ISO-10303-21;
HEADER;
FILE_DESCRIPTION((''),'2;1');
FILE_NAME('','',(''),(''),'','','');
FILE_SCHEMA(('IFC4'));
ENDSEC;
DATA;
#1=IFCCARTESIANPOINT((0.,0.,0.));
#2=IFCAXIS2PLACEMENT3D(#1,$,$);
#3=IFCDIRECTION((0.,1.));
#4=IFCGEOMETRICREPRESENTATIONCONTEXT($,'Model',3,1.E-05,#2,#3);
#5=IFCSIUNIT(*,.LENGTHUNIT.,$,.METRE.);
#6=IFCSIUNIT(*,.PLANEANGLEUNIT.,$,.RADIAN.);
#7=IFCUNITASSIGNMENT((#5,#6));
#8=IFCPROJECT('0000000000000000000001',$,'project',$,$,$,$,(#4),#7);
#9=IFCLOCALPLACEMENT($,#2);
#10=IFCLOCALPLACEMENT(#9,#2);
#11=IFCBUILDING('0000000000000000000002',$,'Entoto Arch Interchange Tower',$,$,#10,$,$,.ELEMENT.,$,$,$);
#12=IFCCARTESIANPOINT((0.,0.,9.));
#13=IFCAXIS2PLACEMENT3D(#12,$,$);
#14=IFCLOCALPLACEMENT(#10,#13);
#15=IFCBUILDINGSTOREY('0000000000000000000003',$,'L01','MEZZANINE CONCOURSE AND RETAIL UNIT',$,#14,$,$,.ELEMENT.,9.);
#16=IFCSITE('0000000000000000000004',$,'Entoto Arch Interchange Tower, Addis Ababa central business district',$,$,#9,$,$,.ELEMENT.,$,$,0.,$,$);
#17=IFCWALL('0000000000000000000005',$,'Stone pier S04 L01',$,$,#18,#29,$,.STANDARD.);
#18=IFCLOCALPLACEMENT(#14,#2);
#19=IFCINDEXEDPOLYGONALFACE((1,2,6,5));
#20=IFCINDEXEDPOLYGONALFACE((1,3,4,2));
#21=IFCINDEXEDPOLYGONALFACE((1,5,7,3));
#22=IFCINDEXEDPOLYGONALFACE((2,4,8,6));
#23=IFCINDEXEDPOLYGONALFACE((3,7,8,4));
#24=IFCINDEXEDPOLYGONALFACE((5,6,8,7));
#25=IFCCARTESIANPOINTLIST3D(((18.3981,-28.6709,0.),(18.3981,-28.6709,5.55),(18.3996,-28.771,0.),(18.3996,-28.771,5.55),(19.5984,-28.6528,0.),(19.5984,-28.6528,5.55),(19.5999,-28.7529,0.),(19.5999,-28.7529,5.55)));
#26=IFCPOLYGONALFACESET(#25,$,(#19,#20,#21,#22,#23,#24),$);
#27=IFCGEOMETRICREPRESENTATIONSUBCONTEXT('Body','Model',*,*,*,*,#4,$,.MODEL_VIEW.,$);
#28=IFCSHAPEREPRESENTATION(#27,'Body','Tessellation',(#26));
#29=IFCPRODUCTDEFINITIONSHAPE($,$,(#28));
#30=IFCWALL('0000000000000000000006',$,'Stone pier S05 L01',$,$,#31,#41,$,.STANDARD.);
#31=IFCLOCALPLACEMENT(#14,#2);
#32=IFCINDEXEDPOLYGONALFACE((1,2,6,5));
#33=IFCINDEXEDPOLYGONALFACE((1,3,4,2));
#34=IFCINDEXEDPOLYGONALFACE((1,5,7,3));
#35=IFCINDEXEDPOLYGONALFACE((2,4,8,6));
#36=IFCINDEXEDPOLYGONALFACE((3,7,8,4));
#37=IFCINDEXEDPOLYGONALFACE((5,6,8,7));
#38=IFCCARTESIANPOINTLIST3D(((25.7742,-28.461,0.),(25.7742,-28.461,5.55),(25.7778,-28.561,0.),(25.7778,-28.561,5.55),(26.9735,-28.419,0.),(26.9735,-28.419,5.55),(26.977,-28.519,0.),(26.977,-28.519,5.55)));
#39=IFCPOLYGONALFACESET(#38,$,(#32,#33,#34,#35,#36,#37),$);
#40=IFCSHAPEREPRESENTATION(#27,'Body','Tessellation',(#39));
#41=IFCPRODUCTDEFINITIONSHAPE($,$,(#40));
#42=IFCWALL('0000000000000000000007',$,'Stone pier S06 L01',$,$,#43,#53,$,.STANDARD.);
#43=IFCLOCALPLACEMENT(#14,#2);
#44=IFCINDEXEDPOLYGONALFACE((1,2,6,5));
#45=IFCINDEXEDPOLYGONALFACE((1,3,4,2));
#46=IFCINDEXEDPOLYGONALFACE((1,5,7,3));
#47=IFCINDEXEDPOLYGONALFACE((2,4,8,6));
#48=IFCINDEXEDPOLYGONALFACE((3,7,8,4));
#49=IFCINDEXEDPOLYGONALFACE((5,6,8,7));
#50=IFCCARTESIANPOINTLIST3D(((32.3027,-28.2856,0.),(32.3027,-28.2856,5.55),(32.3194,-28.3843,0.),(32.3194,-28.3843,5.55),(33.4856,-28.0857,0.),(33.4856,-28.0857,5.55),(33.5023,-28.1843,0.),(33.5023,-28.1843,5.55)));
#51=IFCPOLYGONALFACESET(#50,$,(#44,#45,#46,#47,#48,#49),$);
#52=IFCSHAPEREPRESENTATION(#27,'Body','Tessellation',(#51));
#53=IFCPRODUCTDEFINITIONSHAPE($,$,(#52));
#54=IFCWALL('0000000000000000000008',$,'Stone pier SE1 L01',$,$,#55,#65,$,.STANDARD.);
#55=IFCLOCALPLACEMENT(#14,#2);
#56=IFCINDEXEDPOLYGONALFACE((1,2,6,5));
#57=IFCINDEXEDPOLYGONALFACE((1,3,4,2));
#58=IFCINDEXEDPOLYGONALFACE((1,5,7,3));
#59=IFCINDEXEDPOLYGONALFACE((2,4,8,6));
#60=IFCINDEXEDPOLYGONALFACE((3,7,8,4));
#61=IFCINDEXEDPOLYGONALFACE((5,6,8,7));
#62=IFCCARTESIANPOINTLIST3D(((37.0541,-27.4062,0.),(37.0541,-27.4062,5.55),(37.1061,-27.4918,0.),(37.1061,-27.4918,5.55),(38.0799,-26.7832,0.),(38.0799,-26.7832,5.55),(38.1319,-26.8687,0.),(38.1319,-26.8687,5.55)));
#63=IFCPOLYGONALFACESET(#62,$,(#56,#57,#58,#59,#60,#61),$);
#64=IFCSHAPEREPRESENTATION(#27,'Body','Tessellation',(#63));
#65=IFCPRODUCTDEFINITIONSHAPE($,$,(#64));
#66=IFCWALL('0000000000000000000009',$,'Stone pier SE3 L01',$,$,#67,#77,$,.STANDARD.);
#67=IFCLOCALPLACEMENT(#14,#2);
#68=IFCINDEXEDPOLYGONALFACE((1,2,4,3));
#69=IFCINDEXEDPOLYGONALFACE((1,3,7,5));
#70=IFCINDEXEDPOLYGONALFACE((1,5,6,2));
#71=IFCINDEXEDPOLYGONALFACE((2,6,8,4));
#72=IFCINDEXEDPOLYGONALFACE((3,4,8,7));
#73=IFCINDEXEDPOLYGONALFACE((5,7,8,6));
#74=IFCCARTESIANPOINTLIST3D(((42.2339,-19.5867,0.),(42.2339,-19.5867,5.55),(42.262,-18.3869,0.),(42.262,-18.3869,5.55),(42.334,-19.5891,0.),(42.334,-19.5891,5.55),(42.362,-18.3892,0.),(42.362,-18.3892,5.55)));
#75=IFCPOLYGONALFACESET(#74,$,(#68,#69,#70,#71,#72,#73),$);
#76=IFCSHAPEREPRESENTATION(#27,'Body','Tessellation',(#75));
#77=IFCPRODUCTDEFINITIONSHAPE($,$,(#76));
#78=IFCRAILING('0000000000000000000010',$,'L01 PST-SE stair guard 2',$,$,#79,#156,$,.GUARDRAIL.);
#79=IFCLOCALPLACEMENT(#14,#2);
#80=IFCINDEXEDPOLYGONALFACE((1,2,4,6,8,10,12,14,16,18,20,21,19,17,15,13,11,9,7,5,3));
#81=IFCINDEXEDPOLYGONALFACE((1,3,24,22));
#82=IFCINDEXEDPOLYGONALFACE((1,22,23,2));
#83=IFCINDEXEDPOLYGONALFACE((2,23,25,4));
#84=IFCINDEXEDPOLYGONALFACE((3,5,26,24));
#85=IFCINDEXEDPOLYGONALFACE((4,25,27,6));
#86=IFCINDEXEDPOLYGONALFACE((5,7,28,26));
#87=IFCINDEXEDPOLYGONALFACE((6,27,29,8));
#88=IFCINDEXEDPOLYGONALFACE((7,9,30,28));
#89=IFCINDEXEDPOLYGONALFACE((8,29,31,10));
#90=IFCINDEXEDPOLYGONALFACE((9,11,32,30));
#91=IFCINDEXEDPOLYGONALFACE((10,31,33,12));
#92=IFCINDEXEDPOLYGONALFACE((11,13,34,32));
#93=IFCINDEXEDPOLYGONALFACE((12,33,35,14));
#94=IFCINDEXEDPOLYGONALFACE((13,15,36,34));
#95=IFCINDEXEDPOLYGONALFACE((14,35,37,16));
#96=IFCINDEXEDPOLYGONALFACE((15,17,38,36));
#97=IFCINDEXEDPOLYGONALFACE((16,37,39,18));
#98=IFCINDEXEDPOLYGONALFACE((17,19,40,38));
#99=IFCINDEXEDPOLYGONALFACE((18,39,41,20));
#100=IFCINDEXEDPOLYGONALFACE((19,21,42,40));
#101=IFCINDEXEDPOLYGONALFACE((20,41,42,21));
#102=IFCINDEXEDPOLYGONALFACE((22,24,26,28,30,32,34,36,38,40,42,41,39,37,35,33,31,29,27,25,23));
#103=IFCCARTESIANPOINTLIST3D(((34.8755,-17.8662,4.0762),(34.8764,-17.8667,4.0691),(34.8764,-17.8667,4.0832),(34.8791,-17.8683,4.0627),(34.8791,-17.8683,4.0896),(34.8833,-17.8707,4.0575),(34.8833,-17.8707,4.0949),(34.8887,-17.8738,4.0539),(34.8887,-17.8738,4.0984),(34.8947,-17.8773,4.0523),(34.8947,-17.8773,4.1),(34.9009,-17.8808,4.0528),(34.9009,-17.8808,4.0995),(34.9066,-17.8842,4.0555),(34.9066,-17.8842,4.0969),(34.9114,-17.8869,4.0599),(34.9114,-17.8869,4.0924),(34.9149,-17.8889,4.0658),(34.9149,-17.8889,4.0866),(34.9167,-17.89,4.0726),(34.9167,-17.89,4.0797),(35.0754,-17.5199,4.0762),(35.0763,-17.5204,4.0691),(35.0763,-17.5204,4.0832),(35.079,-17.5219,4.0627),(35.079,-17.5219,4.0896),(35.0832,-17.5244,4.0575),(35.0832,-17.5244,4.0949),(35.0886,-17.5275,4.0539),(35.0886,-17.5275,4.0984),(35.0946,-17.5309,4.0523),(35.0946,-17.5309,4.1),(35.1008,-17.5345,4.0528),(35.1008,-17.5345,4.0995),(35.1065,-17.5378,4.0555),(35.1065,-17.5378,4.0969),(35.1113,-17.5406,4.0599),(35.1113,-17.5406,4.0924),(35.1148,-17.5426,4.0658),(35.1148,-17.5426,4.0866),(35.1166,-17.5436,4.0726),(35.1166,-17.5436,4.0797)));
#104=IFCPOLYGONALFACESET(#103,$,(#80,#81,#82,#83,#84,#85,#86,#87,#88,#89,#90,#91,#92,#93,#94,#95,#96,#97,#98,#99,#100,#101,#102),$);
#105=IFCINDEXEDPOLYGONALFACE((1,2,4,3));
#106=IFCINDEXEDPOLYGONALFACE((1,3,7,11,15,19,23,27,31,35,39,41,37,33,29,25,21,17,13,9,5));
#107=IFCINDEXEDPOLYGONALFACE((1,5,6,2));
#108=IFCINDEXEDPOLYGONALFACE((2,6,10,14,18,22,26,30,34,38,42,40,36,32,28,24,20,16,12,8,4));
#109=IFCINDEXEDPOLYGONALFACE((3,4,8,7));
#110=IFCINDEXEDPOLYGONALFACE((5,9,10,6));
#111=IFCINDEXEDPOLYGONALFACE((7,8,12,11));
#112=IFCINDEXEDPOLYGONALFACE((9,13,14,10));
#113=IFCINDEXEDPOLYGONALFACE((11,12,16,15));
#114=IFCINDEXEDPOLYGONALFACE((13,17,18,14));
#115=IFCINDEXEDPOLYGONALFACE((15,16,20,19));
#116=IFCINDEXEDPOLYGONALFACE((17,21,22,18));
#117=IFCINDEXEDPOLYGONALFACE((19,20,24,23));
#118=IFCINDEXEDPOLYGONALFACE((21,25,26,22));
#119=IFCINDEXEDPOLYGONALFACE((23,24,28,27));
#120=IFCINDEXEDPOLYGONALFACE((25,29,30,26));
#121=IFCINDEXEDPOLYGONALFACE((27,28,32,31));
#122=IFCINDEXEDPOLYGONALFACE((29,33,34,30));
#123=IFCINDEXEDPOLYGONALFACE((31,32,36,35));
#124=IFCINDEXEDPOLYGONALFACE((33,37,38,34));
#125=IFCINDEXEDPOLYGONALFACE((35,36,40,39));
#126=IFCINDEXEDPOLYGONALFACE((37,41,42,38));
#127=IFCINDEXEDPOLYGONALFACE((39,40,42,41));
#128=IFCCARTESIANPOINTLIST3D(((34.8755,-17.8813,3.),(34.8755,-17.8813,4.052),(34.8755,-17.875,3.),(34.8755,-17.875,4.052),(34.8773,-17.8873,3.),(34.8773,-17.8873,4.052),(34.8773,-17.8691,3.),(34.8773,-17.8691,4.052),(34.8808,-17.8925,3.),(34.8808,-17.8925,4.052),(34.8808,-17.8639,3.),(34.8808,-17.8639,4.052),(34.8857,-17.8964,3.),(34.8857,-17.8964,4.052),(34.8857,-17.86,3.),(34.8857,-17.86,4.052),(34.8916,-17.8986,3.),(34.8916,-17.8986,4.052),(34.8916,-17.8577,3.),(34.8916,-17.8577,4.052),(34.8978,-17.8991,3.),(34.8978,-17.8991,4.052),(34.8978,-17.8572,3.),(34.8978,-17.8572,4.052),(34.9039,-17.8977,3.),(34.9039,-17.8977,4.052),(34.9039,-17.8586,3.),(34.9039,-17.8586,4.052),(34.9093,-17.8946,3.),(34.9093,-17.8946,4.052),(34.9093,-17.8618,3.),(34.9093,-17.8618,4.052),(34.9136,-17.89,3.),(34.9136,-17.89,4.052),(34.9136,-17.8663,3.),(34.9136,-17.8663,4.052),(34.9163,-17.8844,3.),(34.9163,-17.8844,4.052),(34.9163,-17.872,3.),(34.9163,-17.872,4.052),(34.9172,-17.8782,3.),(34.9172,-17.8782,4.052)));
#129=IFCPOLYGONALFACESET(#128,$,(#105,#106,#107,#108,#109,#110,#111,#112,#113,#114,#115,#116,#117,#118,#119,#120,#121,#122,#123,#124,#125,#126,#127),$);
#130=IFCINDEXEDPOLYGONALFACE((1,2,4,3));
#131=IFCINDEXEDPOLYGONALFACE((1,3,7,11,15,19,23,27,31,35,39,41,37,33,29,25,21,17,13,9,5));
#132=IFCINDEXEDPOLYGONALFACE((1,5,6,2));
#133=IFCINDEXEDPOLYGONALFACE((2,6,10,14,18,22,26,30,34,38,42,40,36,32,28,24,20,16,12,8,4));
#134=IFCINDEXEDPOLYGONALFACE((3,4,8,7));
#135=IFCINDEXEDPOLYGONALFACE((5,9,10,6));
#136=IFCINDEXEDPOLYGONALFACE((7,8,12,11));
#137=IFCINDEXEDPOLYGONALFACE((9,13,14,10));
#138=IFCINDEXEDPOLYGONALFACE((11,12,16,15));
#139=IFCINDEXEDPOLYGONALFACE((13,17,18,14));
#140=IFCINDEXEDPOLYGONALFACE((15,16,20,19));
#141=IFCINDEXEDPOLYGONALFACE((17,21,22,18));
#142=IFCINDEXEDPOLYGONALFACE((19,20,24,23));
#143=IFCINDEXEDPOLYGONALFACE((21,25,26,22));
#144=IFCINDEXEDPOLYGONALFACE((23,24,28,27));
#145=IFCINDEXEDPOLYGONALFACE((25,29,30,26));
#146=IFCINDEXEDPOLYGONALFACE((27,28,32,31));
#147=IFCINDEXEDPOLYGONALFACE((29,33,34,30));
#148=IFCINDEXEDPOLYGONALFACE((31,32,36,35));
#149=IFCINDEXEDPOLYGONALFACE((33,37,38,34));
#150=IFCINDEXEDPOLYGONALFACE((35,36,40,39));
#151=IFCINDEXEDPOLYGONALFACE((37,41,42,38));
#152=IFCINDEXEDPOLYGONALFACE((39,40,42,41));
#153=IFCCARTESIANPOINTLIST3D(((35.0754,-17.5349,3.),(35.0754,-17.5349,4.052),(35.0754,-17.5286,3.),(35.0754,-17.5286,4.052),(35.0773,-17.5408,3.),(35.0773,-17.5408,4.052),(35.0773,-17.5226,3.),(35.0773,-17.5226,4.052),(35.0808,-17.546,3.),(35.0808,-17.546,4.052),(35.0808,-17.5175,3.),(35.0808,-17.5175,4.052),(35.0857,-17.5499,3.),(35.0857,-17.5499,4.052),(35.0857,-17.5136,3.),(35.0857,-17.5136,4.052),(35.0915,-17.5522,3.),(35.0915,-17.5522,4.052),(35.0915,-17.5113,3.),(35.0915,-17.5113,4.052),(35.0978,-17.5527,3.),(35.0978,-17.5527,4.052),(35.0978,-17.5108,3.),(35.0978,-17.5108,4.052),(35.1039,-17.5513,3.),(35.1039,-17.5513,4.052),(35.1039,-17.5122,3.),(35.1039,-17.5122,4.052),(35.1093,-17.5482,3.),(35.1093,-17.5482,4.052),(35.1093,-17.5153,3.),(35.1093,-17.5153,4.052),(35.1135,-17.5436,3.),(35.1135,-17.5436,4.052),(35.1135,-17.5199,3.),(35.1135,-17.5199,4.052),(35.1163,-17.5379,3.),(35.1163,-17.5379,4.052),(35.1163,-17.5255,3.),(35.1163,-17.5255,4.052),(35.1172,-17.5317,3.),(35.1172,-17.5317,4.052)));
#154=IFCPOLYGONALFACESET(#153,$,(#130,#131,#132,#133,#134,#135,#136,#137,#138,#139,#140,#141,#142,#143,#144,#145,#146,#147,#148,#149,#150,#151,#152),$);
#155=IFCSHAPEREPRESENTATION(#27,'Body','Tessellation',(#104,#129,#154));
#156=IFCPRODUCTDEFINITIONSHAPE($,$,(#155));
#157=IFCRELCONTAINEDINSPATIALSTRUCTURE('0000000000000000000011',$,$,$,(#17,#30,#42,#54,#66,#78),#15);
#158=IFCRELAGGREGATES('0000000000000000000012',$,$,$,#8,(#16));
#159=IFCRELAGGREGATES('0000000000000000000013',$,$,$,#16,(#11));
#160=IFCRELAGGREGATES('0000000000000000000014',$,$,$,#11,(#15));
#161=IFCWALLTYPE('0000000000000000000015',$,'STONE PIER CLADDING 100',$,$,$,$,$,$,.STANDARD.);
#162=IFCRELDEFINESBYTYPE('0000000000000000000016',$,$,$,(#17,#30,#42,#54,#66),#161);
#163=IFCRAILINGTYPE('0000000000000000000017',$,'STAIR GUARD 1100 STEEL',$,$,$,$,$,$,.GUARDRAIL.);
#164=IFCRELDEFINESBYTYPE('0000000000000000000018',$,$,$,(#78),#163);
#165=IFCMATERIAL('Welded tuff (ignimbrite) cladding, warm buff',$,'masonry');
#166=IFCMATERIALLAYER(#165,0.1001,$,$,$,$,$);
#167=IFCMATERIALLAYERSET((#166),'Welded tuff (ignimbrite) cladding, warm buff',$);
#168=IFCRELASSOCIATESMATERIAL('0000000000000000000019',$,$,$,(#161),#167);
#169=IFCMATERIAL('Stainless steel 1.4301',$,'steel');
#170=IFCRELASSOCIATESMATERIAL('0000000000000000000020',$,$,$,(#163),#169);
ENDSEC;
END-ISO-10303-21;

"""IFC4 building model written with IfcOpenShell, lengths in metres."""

from ifc_helpers import new_model, si_unit, direction, frame, frame_2d, origin, origin_2d, place, context, subcontext, project, spatial, rectangle, circle, extrude, material, layer, layer_set, type_object, element, save


model = new_model("IFC4")

# Units and contexts
model_context = context("Model", 3, precision=1e-05, world=origin(), true_north=direction((0.0, 1.0)))
body_context = subcontext(model_context, "Body", "Model", "MODEL_VIEW")
ifc_project = project(units=[si_unit("LENGTHUNIT", "METRE"), si_unit("PLANEANGLEUNIT", "RADIAN")], contexts=[model_context])

# Site, building, storey
site_placement = place(None, origin())
site = spatial("IfcSite", under=ifc_project, at=site_placement, Name="Entoto Arch Interchange Tower, Addis Ababa central business district", CompositionType="ELEMENT", RefElevation=0.0)
building_placement = place(site_placement, origin())
building = spatial("IfcBuilding", under=site, at=building_placement, Name="Entoto Arch Interchange Tower", CompositionType="ELEMENT")
storey_placement = place(building_placement, frame((0.0, 0.0, 9.0)))
storey = spatial("IfcBuildingStorey", under=building, at=storey_placement, Name="L01", Description="MEZZANINE CONCOURSE AND RETAIL UNIT", CompositionType="ELEMENT", Elevation=9.0)

# Shared definitions
ifc_material_1 = material(Name="Welded tuff (ignimbrite) cladding, warm buff", Category="masonry")

# Walls
ifc_layer_1 = layer(ifc_material_1, 0.1001)
ifc_layer_set_1 = layer_set([ifc_layer_1], Name="Welded tuff (ignimbrite) cladding, warm buff")
wall_type_1 = type_object("IfcWallType", Name="STONE PIER CLADDING 100", PredefinedType="STANDARD", material=ifc_layer_set_1)
wall_1_placement = place(storey_placement, frame((18.3989, -28.7209, 0.0), z_axis=(0.0, 0.0, 1.0), x_axis=(0.999887, 0.015051, 0.0)))
element("IfcWall", 1, at=wall_1_placement, inside=storey, type_object=wall_type_1, Name="Stone pier S04 L01", PredefinedType="STANDARD", context=body_context, shape_type="SweptSolid", body=[
    extrude(rectangle(XDim=1.2004, YDim=0.1001, at=frame_2d((0.6001, 0.0))), origin(), (0.0, 0.0, 1.0), 5.55),
])
wall_2_placement = place(storey_placement, frame((25.7759, -28.511, 0.0), z_axis=(0.0, 0.0, 1.0), x_axis=(0.999387, 0.034995, 0.0)))
element("IfcWall", 2, at=wall_2_placement, inside=storey, type_object=wall_type_1, Name="Stone pier S05 L01", PredefinedType="STANDARD", context=body_context, shape_type="SweptSolid", body=[
    extrude(rectangle(XDim=1.2, YDim=0.1001, at=frame_2d((0.6001, 0.0))), origin(), (0.0, 0.0, 1.0), 5.55),
])
wall_3_placement = place(storey_placement, frame((32.311, -28.335, 0.0), z_axis=(0.0, 0.0, 1.0), x_axis=(0.986012, 0.166676, 0.0)))
element("IfcWall", 3, at=wall_3_placement, inside=storey, type_object=wall_type_1, Name="Stone pier S06 L01", PredefinedType="STANDARD", context=body_context, shape_type="SweptSolid", body=[
    extrude(rectangle(XDim=1.1997, YDim=0.1001, at=frame_2d((0.5999, 0.0))), origin(), (0.0, 0.0, 1.0), 5.55),
])
for number, where, z_axis, x_axis, name in (
    (4, (37.0801, -27.449, 0.0), (0.0, 0.0, 1.0), (0.854717, 0.519095, 0.0), "Stone pier SE1 L01"),
    (5, (42.2839, -19.5879, 0.0), (0.0, 0.0, 1.0), (0.023391, 0.999726, 0.0), "Stone pier SE3 L01"),
):
    element("IfcWall", number, at=place(storey_placement, frame(where, z_axis=z_axis, x_axis=x_axis)), inside=storey, type_object=wall_type_1, Name=name, PredefinedType="STANDARD", context=body_context, shape_type="SweptSolid", body=[
        extrude(rectangle(XDim=1.2002, YDim=0.1001, at=frame_2d((0.6001, 0.0))), origin(), (0.0, 0.0, 1.0), 5.55),
    ])

# Railing
ifc_material_2 = material(Name="Stainless steel 1.4301", Category="steel")
railing_type = type_object("IfcRailingType", Name="STAIR GUARD 1100 STEEL", PredefinedType="GUARDRAIL", material=ifc_material_2)
railing_1_placement = place(storey_placement, frame((34.8962, -17.8782, 3.0)))
element("IfcRailing", 6, at=railing_1_placement, inside=storey, type_object=railing_type, Name="L01 PST-SE stair guard 2", PredefinedType="GUARDRAIL", context=body_context, shape_type="SweptSolid", body=[
    extrude(circle(Radius=0.0239, at=origin_2d()), frame((0.0, 0.0, 1.0762), z_axis=(0.499881, 0.866094, 0.0), x_axis=(-0.866094, 0.499881, 0.0)), (0.0, 0.0, 1.0), 0.3999),
    extrude(circle(Radius=0.021, at=origin_2d()), origin(), (0.0, 0.0, 1.0), 1.052),
    extrude(circle(Radius=0.021, at=origin_2d()), frame((0.2, 0.3464, 0.0)), (0.0, 0.0, 1.0), 1.052),
])

save(model, "model.ifc")
